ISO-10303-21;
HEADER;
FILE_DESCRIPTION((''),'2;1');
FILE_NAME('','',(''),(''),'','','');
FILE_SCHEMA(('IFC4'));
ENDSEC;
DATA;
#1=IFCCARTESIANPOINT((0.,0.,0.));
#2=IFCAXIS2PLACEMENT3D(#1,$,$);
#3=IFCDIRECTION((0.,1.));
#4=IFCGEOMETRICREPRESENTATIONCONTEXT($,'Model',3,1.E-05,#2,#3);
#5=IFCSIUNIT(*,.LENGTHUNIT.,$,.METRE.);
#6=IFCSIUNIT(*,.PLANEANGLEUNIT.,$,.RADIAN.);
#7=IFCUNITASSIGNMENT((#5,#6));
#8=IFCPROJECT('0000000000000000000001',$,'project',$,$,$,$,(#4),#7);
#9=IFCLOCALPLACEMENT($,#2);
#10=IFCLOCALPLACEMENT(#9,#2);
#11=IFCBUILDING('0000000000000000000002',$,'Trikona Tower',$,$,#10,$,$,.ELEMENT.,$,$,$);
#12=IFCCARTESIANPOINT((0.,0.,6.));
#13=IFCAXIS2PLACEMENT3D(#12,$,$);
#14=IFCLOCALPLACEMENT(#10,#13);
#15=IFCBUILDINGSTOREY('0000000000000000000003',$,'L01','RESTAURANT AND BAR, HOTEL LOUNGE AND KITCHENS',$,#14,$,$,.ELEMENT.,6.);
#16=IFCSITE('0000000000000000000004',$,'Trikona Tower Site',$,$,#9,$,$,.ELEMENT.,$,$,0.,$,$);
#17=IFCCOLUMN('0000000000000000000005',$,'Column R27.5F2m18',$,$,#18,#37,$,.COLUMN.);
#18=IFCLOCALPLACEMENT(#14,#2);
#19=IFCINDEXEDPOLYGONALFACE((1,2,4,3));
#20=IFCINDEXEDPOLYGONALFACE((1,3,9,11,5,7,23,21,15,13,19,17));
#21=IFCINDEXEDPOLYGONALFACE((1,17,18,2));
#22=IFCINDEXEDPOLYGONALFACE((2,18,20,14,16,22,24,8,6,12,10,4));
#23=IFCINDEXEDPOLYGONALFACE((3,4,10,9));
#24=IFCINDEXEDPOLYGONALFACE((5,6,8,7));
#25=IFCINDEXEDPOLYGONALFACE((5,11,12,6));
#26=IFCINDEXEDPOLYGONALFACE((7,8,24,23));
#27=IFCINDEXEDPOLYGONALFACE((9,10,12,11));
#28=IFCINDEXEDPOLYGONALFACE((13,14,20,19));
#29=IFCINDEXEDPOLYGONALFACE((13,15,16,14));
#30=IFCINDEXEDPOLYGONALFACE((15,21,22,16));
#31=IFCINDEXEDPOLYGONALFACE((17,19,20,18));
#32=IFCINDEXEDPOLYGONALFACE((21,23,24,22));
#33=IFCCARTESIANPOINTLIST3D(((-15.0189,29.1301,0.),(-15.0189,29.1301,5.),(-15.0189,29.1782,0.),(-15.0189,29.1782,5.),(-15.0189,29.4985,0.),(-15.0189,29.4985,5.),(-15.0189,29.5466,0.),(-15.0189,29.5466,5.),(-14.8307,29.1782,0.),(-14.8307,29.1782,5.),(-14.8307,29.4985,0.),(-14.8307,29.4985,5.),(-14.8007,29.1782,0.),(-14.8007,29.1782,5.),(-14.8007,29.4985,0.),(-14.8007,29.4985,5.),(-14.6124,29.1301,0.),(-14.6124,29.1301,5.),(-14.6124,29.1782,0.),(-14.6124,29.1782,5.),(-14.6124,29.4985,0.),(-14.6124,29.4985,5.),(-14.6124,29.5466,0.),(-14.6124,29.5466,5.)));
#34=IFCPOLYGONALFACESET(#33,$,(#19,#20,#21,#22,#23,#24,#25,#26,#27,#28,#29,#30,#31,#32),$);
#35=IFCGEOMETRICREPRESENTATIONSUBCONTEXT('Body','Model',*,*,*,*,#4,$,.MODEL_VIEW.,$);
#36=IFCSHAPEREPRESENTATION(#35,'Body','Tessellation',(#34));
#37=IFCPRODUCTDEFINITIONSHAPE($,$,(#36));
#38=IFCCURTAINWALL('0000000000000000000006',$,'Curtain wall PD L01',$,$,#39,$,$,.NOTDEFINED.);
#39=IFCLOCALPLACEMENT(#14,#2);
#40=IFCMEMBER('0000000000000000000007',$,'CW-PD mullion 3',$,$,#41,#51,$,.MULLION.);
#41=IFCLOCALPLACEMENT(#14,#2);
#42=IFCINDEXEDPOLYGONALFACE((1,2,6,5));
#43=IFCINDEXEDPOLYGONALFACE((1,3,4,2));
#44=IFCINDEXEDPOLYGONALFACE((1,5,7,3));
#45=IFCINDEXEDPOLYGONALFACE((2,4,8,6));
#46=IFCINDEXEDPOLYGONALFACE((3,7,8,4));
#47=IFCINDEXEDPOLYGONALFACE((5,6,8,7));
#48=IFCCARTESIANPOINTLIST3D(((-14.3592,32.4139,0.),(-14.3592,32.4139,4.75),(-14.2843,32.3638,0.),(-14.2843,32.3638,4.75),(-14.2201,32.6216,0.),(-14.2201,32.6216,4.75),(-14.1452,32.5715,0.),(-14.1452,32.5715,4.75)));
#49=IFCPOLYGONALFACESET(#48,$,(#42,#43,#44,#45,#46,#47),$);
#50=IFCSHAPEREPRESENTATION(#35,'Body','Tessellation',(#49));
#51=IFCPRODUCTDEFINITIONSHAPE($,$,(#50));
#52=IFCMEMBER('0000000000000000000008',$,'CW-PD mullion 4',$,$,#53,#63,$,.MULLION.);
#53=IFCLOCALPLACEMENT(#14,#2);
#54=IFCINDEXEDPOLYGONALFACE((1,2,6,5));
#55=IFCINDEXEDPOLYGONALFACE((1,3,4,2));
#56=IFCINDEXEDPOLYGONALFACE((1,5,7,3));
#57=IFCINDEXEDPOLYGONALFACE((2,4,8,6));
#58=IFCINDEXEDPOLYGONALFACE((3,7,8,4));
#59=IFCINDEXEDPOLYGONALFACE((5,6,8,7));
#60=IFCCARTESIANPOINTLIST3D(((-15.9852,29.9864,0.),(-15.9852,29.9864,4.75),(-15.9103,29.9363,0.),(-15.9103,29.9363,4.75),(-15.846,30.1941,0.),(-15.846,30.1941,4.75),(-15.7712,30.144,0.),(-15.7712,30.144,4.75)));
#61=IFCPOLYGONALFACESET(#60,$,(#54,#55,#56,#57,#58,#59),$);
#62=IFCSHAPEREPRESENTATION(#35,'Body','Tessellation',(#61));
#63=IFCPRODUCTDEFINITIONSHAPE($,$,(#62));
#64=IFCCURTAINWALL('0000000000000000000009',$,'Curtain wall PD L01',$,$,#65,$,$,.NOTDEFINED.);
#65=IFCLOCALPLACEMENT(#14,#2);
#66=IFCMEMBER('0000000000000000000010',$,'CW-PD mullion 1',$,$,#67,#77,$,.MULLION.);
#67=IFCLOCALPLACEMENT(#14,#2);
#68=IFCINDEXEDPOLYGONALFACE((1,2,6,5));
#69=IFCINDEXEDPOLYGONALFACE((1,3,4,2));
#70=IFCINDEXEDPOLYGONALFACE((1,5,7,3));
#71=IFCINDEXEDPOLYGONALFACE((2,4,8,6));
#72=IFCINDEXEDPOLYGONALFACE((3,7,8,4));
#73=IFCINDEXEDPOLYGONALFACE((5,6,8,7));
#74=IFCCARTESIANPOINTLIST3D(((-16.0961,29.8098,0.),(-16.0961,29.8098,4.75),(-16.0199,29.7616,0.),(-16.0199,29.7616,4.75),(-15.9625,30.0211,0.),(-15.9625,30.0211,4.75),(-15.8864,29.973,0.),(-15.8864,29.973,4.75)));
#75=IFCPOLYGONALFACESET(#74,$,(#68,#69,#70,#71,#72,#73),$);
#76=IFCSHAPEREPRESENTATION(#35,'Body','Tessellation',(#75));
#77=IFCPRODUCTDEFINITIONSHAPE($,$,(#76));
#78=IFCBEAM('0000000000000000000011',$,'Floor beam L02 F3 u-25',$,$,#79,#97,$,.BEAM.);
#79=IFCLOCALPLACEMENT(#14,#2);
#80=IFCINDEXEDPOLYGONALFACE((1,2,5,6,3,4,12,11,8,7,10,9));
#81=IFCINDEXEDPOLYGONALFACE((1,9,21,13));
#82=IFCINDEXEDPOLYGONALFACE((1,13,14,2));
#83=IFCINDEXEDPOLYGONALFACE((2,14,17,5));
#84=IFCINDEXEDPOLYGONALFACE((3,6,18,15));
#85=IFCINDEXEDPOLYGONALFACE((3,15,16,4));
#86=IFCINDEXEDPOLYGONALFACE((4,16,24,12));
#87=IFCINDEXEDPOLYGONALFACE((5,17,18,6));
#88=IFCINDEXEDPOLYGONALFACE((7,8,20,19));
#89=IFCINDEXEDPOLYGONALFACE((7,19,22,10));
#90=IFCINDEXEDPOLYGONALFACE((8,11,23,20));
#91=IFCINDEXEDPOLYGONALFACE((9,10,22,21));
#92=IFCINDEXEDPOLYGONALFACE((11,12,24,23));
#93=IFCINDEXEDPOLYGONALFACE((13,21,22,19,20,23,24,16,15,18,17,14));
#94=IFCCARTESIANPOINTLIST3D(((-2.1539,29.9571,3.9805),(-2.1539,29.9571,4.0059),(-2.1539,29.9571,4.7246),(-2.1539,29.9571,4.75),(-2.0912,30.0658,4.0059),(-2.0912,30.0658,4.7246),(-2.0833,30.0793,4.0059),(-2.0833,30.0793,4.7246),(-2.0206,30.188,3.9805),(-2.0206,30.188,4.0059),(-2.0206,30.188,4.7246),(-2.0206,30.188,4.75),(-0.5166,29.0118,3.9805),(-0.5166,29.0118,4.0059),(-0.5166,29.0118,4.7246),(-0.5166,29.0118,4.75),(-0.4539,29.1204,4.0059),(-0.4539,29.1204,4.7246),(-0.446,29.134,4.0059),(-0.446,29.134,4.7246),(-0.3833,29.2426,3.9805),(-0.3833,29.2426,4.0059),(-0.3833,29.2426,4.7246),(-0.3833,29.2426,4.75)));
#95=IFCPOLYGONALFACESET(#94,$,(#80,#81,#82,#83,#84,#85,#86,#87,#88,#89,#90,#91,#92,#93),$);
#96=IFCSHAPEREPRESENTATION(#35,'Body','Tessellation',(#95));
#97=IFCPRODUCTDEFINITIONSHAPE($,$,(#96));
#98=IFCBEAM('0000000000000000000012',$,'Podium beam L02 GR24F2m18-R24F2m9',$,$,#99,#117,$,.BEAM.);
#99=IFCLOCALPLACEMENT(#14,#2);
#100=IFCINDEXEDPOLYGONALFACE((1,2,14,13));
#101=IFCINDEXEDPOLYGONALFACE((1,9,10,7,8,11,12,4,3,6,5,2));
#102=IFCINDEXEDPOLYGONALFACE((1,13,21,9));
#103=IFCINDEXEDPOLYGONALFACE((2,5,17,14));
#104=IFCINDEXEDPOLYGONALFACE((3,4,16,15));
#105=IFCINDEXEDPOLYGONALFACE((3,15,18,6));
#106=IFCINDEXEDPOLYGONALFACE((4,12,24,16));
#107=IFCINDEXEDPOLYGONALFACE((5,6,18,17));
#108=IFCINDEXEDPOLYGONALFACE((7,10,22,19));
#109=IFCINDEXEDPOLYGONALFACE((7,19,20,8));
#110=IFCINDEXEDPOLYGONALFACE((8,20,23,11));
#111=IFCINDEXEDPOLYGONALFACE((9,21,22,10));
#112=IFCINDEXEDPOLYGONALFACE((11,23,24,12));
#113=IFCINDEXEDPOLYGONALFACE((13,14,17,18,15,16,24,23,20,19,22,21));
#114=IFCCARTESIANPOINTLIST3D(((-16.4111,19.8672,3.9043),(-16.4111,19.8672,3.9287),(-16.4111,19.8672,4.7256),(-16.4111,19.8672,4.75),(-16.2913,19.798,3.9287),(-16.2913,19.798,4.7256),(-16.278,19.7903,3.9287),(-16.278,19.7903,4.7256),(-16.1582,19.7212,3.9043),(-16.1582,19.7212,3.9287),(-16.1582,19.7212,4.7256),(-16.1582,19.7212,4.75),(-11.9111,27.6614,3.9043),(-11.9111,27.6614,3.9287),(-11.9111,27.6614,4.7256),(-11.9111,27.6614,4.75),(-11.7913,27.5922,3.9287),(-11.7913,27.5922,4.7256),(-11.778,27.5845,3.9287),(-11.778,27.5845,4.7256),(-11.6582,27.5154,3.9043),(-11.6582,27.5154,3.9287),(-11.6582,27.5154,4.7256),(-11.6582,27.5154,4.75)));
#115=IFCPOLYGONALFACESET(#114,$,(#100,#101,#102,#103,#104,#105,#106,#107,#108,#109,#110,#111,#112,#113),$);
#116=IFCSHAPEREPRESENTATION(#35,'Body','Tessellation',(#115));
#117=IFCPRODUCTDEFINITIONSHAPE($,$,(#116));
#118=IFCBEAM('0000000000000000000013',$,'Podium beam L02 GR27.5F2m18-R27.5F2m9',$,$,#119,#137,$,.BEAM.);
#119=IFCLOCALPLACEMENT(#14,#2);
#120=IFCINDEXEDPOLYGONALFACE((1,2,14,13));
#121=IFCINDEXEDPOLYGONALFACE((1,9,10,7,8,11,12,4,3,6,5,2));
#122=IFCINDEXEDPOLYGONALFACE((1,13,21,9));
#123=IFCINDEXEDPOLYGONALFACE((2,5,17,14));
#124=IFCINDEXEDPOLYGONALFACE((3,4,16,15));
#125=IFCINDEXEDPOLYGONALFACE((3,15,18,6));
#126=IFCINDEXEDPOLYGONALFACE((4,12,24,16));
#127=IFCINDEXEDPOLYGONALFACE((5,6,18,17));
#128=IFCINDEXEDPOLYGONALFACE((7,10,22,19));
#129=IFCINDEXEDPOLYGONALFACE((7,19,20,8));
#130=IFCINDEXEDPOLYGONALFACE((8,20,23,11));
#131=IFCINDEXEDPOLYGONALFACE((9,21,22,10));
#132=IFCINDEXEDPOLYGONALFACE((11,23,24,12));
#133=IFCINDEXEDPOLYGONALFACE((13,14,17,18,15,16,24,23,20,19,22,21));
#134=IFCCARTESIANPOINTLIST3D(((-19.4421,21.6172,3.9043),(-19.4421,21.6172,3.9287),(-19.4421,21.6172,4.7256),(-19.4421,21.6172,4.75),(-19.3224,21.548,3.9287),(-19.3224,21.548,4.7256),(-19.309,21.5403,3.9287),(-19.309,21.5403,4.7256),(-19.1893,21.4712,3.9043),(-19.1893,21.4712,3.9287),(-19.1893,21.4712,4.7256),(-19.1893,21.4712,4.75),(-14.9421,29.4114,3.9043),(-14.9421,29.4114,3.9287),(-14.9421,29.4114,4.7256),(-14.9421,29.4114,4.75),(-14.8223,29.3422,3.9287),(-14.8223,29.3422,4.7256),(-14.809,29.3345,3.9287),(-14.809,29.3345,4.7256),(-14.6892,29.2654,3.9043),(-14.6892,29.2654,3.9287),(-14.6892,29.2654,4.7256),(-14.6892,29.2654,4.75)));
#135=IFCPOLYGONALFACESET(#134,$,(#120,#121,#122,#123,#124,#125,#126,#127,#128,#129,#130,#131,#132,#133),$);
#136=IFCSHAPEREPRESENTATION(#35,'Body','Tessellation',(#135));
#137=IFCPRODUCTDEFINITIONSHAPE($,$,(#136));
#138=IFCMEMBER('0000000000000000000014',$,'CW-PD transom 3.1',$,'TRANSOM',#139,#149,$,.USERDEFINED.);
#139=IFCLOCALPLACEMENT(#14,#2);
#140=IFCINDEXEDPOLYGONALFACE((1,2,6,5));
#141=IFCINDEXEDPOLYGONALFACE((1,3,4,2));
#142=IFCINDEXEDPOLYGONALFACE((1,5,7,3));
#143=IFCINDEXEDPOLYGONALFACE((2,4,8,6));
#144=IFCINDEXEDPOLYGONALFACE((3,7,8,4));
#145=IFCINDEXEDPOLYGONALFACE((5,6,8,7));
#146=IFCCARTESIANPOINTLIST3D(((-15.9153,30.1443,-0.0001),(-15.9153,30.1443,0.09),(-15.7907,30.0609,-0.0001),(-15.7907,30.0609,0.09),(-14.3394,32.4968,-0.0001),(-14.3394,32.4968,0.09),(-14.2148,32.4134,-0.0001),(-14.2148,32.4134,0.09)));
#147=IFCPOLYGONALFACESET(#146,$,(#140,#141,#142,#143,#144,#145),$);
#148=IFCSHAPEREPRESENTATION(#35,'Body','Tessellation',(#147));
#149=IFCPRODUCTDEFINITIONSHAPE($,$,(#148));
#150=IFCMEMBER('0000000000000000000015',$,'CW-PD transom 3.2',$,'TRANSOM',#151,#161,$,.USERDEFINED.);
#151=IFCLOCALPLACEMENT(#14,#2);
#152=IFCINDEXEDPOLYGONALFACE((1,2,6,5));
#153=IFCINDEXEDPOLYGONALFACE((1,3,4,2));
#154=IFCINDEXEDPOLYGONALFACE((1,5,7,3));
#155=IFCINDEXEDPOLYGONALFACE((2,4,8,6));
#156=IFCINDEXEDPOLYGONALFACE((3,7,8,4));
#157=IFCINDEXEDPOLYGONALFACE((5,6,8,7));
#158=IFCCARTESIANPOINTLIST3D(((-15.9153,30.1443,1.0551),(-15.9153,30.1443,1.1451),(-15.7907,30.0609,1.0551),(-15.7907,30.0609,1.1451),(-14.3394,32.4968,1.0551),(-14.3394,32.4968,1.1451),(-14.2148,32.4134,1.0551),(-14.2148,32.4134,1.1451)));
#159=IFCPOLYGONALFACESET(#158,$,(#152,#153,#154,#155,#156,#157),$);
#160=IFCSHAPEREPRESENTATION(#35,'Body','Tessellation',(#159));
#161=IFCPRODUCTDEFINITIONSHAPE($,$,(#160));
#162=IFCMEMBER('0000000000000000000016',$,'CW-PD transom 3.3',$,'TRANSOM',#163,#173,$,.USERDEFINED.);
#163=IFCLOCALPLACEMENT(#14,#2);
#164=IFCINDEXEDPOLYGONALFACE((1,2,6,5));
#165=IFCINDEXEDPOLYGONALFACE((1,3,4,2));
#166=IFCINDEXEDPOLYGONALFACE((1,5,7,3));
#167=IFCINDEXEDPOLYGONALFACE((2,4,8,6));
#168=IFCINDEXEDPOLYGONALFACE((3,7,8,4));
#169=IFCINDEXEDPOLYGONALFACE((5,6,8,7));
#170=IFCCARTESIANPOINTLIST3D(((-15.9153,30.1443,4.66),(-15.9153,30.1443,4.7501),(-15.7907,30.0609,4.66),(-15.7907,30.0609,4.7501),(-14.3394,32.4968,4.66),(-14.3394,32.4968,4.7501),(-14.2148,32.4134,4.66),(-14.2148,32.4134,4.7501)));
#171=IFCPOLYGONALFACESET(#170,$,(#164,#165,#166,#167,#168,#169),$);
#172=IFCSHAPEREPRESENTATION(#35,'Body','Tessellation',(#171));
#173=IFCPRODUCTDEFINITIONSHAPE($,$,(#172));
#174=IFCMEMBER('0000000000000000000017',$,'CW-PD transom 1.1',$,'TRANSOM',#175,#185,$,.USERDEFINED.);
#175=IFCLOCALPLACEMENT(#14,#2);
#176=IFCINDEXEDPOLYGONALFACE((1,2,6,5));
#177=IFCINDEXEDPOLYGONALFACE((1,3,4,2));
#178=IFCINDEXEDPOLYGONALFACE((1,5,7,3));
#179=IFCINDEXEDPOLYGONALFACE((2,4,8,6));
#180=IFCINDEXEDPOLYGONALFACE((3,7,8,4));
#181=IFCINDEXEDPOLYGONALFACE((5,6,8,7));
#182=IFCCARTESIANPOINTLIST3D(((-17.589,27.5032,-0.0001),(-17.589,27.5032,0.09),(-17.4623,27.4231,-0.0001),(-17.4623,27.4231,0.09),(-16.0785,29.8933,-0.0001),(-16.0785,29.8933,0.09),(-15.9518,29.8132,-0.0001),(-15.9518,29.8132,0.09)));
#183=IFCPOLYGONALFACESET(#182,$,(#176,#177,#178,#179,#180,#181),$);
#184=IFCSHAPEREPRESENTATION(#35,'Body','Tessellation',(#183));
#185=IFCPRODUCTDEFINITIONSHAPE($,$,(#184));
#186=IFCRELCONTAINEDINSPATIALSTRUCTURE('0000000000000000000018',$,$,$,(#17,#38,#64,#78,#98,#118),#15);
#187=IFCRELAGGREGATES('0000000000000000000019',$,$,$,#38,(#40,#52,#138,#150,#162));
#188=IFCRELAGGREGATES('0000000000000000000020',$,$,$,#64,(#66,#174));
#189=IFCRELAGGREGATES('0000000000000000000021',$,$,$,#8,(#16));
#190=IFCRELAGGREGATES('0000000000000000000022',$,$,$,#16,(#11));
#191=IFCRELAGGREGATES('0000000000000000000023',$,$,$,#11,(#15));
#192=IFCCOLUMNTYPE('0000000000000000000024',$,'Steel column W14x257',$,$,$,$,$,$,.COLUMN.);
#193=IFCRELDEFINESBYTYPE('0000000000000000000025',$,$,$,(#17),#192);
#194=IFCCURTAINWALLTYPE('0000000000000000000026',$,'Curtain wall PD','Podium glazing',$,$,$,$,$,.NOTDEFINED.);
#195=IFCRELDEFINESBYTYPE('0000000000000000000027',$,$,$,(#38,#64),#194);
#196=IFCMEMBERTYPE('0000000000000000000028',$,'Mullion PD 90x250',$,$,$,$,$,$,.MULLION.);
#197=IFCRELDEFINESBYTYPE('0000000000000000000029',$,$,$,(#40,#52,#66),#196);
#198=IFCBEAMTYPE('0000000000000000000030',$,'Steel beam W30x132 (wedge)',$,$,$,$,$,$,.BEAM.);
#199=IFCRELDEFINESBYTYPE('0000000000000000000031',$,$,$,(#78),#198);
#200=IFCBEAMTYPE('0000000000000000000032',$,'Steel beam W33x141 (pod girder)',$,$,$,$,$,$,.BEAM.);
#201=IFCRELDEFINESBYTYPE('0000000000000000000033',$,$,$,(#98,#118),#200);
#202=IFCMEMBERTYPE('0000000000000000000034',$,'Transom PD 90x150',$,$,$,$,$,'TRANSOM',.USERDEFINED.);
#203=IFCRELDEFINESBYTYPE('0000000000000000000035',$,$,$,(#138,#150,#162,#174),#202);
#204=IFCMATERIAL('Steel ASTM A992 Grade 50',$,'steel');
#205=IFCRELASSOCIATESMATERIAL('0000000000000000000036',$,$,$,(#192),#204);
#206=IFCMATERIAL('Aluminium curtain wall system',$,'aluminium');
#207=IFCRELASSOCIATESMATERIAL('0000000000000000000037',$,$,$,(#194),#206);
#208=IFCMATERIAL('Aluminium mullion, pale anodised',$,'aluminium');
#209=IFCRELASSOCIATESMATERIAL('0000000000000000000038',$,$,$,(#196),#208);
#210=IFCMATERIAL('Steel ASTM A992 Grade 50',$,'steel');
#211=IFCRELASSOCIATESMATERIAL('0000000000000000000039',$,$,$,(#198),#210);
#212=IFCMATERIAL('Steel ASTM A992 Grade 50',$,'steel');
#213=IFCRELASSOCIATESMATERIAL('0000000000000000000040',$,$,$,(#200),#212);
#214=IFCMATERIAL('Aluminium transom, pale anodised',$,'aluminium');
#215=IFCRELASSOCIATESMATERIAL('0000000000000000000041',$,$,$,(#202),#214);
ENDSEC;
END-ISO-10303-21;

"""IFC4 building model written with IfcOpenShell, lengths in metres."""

from ifc_helpers import new_model, si_unit, direction, frame, origin, origin_2d, place, context, subcontext, project, spatial, rectangle, i_section, extrude, material, material_profile, profile_set, type_object, element, aggregate, save


model = new_model("IFC4")

# Units and contexts
model_context = context("Model", 3, precision=1e-05, world=origin(), true_north=direction((0.0, 1.0)))
body_context = subcontext(model_context, "Body", "Model", "MODEL_VIEW")
ifc_project = project(units=[si_unit("LENGTHUNIT", "METRE"), si_unit("PLANEANGLEUNIT", "RADIAN")], contexts=[model_context])

# Site, building, storey
site_placement = place(None, origin())
site = spatial("IfcSite", under=ifc_project, at=site_placement, Name="Trikona Tower Site", CompositionType="ELEMENT", RefElevation=0.0)
building_placement = place(site_placement, origin())
building = spatial("IfcBuilding", under=site, at=building_placement, Name="Trikona Tower", CompositionType="ELEMENT")
storey_placement = place(building_placement, frame((0.0, 0.0, 6.0)))
storey = spatial("IfcBuildingStorey", under=building, at=storey_placement, Name="L01", Description="RESTAURANT AND BAR, HOTEL LOUNGE AND KITCHENS", CompositionType="ELEMENT", Elevation=6.0)

# Column
ifc_material_1 = material(Name="Steel ASTM A992 Grade 50", Category="steel")
ifc_material_profile_1 = material_profile(ifc_material_1, i_section(OverallWidth=0.4065, OverallDepth=0.4165, WebThickness=0.03, FlangeThickness=0.0481, at=origin_2d()), Name="W14X257")
ifc_profile_set_1 = profile_set([ifc_material_profile_1], Name="Steel ASTM A992 Grade 50")
column_type = type_object("IfcColumnType", Name="Steel column W14x257", PredefinedType="COLUMN", material=ifc_profile_set_1)
column_placement = place(storey_placement, frame((-14.8157, 29.3384, 0.0), z_axis=(0.0, 0.0, 1.0), x_axis=(1.0, 0.0, 0.0)))
element("IfcColumn", 1, at=column_placement, inside=storey, type_object=column_type, Name="Column R27.5F2m18", PredefinedType="COLUMN", context=body_context, shape_type="SweptSolid", body=[
    extrude(i_section(OverallWidth=0.4065, OverallDepth=0.4165, WebThickness=0.03, FlangeThickness=0.0481, at=origin_2d()), origin(), (0.0, 0.0, 1.0), 5.0),
])

# Curtain wall, members
ifc_material_2 = material(Name="Aluminium curtain wall system", Category="aluminium")
curtain_wall_type = type_object("IfcCurtainWallType", Name="Curtain wall PD", Description="Podium glazing", PredefinedType="NOTDEFINED", material=ifc_material_2)
curtain_wall_1_placement = place(storey_placement, origin())
curtain_wall_1 = element("IfcCurtainWall", 2, at=curtain_wall_1_placement, inside=storey, type_object=curtain_wall_type, Name="Curtain wall PD L01", PredefinedType="NOTDEFINED")
ifc_material_3 = material(Name="Aluminium mullion, pale anodised", Category="aluminium")
ifc_material_profile_2 = material_profile(ifc_material_3, rectangle(XDim=0.0901, YDim=0.25, at=origin_2d()), Name="MUL-PD")
ifc_profile_set_2 = profile_set([ifc_material_profile_2], Name="Aluminium mullion, pale anodised")
member_type_1 = type_object("IfcMemberType", Name="Mullion PD 90x250", PredefinedType="MULLION", material=ifc_profile_set_2)
member_1_placement = place(storey_placement, frame((-14.2522, 32.4927, 0.0), z_axis=(0.0, 0.0, 1.0), x_axis=(0.830852, -0.556493, 0.0)))
member_1 = element("IfcMember", 3, at=member_1_placement, type_object=member_type_1, Name="CW-PD mullion 3", PredefinedType="MULLION", context=body_context, shape_type="SweptSolid", body=[
    extrude(rectangle(XDim=0.0901, YDim=0.25, at=origin_2d()), origin(), (0.0, 0.0, 1.0), 4.75),
])
member_2_placement = place(storey_placement, frame((-15.8782, 30.0652, 0.0), z_axis=(0.0, 0.0, 1.0), x_axis=(0.830852, -0.556493, 0.0)))
member_2 = element("IfcMember", 4, at=member_2_placement, type_object=member_type_1, Name="CW-PD mullion 4", PredefinedType="MULLION", context=body_context, shape_type="SweptSolid", body=[
    extrude(rectangle(XDim=0.0901, YDim=0.25, at=origin_2d()), origin(), (0.0, 0.0, 1.0), 4.75),
])

# Curtain wall, member
curtain_wall_2_placement = place(storey_placement, origin())
curtain_wall_2 = element("IfcCurtainWall", 5, at=curtain_wall_2_placement, inside=storey, type_object=curtain_wall_type, Name="Curtain wall PD L01", PredefinedType="NOTDEFINED")
member_3_placement = place(storey_placement, frame((-15.9912, 29.8914, 0.0), z_axis=(0.0, 0.0, 1.0), x_axis=(0.845348, -0.534216, 0.0)))
member_3 = element("IfcMember", 6, at=member_3_placement, type_object=member_type_1, Name="CW-PD mullion 1", PredefinedType="MULLION", context=body_context, shape_type="SweptSolid", body=[
    extrude(rectangle(XDim=0.0901, YDim=0.25, at=origin_2d()), origin(), (0.0, 0.0, 1.0), 4.75),
])

# Beams
ifc_material_4 = material(Name="Steel ASTM A992 Grade 50", Category="steel")
ifc_material_profile_3 = material_profile(ifc_material_4, i_section(OverallWidth=0.2666, OverallDepth=0.7695, WebThickness=0.0156, FlangeThickness=0.0254, at=origin_2d()), Name="W30X132")
ifc_profile_set_3 = profile_set([ifc_material_profile_3], Name="Steel ASTM A992 Grade 50")
beam_type_1 = type_object("IfcBeamType", Name="Steel beam W30x132 (wedge)", PredefinedType="BEAM", material=ifc_profile_set_3)
beam_placement = place(storey_placement, frame((-0.45, 29.1272, 4.3652), z_axis=(-0.866009, 0.500028, 0.0), x_axis=(-0.500028, -0.866009, 0.0)))
element("IfcBeam", 7, at=beam_placement, inside=storey, type_object=beam_type_1, Name="Floor beam L02 F3 u-25", PredefinedType="BEAM", context=body_context, shape_type="SweptSolid", body=[
    extrude(i_section(OverallWidth=0.2666, OverallDepth=0.7695, WebThickness=0.0156, FlangeThickness=0.0254, at=origin_2d()), origin(), (0.0, 0.0, 1.0), 1.8906),
])
ifc_material_5 = material(Name="Steel ASTM A992 Grade 50", Category="steel")
ifc_material_profile_4 = material_profile(ifc_material_5, i_section(OverallWidth=0.292, OverallDepth=0.8457, WebThickness=0.0154, FlangeThickness=0.0244, at=origin_2d()), Name="W33X141")
ifc_profile_set_4 = profile_set([ifc_material_profile_4], Name="Steel ASTM A992 Grade 50")
beam_type_2 = type_object("IfcBeamType", Name="Steel beam W33x141 (pod girder)", PredefinedType="BEAM", material=ifc_profile_set_4)
for number, where, z_axis, x_axis, name in (
    (8, (-11.7847, 27.5884, 4.3271), (-0.500002, -0.866024, 0.0), (0.866024, -0.500002, 0.0), "Podium beam L02 GR24F2m18-R24F2m9"),
    (9, (-14.8157, 29.3384, 4.3271), (-0.500002, -0.866024, 0.0), (0.866024, -0.500002, 0.0), "Podium beam L02 GR27.5F2m18-R27.5F2m9"),
):
    element("IfcBeam", number, at=place(storey_placement, frame(where, z_axis=z_axis, x_axis=x_axis)), inside=storey, type_object=beam_type_2, Name=name, PredefinedType="BEAM", context=body_context, shape_type="SweptSolid", body=[
        extrude(i_section(OverallWidth=0.292, OverallDepth=0.8457, WebThickness=0.0154, FlangeThickness=0.0244, at=origin_2d()), origin(), (0.0, 0.0, 1.0), 9.0),
    ])

# Members
ifc_material_6 = material(Name="Aluminium transom, pale anodised", Category="aluminium")
ifc_material_profile_5 = material_profile(ifc_material_6, rectangle(XDim=0.1499, YDim=0.0901, at=origin_2d()), Name="TRN-PD")
ifc_profile_set_5 = profile_set([ifc_material_profile_5], Name="Aluminium transom, pale anodised")
member_type_2 = type_object("IfcMemberType", Name="Transom PD 90x150", ElementType="TRANSOM", PredefinedType="USERDEFINED", material=ifc_profile_set_5)
member_4_placement = place(storey_placement, frame((-14.2771, 32.4551, 0.0449), z_axis=(-0.556549, -0.830815, 0.0), x_axis=(0.830815, -0.556549, 0.0)))
member_4 = element("IfcMember", 10, at=member_4_placement, type_object=member_type_2, Name="CW-PD transom 3.1", ObjectType="TRANSOM", PredefinedType="USERDEFINED", context=body_context, shape_type="SweptSolid", body=[
    extrude(rectangle(XDim=0.1499, YDim=0.0901, at=origin_2d()), origin(), (0.0, 0.0, 1.0), 2.8315),
])
member_5_placement = place(storey_placement, frame((-14.2771, 32.4551, 1.1001), z_axis=(-0.556549, -0.830815, 0.0), x_axis=(0.830815, -0.556549, 0.0)))
member_5 = element("IfcMember", 11, at=member_5_placement, type_object=member_type_2, Name="CW-PD transom 3.2", ObjectType="TRANSOM", PredefinedType="USERDEFINED", context=body_context, shape_type="SweptSolid", body=[
    extrude(rectangle(XDim=0.1499, YDim=0.0901, at=origin_2d()), origin(), (0.0, 0.0, 1.0), 2.8315),
])
member_6_placement = place(storey_placement, frame((-14.2771, 32.4551, 4.7051), z_axis=(-0.556549, -0.830815, 0.0), x_axis=(0.830815, -0.556549, 0.0)))
member_6 = element("IfcMember", 12, at=member_6_placement, type_object=member_type_2, Name="CW-PD transom 3.3", ObjectType="TRANSOM", PredefinedType="USERDEFINED", context=body_context, shape_type="SweptSolid", body=[
    extrude(rectangle(XDim=0.1499, YDim=0.0901, at=origin_2d()), origin(), (0.0, 0.0, 1.0), 2.8315),
])
member_7_placement = place(storey_placement, frame((-16.0151, 29.8533, 0.0449), z_axis=(-0.53423, -0.845339, 0.0), x_axis=(0.845339, -0.53423, 0.0)))
member_7 = element("IfcMember", 13, at=member_7_placement, type_object=member_type_2, Name="CW-PD transom 1.1", ObjectType="TRANSOM", PredefinedType="USERDEFINED", context=body_context, shape_type="SweptSolid", body=[
    extrude(rectangle(XDim=0.1499, YDim=0.0901, at=origin_2d()), origin(), (0.0, 0.0, 1.0), 2.8274),
])

aggregate(curtain_wall_1, [member_1, member_2, member_4, member_5, member_6])
aggregate(curtain_wall_2, [member_3, member_7])

save(model, "model.ifc")
